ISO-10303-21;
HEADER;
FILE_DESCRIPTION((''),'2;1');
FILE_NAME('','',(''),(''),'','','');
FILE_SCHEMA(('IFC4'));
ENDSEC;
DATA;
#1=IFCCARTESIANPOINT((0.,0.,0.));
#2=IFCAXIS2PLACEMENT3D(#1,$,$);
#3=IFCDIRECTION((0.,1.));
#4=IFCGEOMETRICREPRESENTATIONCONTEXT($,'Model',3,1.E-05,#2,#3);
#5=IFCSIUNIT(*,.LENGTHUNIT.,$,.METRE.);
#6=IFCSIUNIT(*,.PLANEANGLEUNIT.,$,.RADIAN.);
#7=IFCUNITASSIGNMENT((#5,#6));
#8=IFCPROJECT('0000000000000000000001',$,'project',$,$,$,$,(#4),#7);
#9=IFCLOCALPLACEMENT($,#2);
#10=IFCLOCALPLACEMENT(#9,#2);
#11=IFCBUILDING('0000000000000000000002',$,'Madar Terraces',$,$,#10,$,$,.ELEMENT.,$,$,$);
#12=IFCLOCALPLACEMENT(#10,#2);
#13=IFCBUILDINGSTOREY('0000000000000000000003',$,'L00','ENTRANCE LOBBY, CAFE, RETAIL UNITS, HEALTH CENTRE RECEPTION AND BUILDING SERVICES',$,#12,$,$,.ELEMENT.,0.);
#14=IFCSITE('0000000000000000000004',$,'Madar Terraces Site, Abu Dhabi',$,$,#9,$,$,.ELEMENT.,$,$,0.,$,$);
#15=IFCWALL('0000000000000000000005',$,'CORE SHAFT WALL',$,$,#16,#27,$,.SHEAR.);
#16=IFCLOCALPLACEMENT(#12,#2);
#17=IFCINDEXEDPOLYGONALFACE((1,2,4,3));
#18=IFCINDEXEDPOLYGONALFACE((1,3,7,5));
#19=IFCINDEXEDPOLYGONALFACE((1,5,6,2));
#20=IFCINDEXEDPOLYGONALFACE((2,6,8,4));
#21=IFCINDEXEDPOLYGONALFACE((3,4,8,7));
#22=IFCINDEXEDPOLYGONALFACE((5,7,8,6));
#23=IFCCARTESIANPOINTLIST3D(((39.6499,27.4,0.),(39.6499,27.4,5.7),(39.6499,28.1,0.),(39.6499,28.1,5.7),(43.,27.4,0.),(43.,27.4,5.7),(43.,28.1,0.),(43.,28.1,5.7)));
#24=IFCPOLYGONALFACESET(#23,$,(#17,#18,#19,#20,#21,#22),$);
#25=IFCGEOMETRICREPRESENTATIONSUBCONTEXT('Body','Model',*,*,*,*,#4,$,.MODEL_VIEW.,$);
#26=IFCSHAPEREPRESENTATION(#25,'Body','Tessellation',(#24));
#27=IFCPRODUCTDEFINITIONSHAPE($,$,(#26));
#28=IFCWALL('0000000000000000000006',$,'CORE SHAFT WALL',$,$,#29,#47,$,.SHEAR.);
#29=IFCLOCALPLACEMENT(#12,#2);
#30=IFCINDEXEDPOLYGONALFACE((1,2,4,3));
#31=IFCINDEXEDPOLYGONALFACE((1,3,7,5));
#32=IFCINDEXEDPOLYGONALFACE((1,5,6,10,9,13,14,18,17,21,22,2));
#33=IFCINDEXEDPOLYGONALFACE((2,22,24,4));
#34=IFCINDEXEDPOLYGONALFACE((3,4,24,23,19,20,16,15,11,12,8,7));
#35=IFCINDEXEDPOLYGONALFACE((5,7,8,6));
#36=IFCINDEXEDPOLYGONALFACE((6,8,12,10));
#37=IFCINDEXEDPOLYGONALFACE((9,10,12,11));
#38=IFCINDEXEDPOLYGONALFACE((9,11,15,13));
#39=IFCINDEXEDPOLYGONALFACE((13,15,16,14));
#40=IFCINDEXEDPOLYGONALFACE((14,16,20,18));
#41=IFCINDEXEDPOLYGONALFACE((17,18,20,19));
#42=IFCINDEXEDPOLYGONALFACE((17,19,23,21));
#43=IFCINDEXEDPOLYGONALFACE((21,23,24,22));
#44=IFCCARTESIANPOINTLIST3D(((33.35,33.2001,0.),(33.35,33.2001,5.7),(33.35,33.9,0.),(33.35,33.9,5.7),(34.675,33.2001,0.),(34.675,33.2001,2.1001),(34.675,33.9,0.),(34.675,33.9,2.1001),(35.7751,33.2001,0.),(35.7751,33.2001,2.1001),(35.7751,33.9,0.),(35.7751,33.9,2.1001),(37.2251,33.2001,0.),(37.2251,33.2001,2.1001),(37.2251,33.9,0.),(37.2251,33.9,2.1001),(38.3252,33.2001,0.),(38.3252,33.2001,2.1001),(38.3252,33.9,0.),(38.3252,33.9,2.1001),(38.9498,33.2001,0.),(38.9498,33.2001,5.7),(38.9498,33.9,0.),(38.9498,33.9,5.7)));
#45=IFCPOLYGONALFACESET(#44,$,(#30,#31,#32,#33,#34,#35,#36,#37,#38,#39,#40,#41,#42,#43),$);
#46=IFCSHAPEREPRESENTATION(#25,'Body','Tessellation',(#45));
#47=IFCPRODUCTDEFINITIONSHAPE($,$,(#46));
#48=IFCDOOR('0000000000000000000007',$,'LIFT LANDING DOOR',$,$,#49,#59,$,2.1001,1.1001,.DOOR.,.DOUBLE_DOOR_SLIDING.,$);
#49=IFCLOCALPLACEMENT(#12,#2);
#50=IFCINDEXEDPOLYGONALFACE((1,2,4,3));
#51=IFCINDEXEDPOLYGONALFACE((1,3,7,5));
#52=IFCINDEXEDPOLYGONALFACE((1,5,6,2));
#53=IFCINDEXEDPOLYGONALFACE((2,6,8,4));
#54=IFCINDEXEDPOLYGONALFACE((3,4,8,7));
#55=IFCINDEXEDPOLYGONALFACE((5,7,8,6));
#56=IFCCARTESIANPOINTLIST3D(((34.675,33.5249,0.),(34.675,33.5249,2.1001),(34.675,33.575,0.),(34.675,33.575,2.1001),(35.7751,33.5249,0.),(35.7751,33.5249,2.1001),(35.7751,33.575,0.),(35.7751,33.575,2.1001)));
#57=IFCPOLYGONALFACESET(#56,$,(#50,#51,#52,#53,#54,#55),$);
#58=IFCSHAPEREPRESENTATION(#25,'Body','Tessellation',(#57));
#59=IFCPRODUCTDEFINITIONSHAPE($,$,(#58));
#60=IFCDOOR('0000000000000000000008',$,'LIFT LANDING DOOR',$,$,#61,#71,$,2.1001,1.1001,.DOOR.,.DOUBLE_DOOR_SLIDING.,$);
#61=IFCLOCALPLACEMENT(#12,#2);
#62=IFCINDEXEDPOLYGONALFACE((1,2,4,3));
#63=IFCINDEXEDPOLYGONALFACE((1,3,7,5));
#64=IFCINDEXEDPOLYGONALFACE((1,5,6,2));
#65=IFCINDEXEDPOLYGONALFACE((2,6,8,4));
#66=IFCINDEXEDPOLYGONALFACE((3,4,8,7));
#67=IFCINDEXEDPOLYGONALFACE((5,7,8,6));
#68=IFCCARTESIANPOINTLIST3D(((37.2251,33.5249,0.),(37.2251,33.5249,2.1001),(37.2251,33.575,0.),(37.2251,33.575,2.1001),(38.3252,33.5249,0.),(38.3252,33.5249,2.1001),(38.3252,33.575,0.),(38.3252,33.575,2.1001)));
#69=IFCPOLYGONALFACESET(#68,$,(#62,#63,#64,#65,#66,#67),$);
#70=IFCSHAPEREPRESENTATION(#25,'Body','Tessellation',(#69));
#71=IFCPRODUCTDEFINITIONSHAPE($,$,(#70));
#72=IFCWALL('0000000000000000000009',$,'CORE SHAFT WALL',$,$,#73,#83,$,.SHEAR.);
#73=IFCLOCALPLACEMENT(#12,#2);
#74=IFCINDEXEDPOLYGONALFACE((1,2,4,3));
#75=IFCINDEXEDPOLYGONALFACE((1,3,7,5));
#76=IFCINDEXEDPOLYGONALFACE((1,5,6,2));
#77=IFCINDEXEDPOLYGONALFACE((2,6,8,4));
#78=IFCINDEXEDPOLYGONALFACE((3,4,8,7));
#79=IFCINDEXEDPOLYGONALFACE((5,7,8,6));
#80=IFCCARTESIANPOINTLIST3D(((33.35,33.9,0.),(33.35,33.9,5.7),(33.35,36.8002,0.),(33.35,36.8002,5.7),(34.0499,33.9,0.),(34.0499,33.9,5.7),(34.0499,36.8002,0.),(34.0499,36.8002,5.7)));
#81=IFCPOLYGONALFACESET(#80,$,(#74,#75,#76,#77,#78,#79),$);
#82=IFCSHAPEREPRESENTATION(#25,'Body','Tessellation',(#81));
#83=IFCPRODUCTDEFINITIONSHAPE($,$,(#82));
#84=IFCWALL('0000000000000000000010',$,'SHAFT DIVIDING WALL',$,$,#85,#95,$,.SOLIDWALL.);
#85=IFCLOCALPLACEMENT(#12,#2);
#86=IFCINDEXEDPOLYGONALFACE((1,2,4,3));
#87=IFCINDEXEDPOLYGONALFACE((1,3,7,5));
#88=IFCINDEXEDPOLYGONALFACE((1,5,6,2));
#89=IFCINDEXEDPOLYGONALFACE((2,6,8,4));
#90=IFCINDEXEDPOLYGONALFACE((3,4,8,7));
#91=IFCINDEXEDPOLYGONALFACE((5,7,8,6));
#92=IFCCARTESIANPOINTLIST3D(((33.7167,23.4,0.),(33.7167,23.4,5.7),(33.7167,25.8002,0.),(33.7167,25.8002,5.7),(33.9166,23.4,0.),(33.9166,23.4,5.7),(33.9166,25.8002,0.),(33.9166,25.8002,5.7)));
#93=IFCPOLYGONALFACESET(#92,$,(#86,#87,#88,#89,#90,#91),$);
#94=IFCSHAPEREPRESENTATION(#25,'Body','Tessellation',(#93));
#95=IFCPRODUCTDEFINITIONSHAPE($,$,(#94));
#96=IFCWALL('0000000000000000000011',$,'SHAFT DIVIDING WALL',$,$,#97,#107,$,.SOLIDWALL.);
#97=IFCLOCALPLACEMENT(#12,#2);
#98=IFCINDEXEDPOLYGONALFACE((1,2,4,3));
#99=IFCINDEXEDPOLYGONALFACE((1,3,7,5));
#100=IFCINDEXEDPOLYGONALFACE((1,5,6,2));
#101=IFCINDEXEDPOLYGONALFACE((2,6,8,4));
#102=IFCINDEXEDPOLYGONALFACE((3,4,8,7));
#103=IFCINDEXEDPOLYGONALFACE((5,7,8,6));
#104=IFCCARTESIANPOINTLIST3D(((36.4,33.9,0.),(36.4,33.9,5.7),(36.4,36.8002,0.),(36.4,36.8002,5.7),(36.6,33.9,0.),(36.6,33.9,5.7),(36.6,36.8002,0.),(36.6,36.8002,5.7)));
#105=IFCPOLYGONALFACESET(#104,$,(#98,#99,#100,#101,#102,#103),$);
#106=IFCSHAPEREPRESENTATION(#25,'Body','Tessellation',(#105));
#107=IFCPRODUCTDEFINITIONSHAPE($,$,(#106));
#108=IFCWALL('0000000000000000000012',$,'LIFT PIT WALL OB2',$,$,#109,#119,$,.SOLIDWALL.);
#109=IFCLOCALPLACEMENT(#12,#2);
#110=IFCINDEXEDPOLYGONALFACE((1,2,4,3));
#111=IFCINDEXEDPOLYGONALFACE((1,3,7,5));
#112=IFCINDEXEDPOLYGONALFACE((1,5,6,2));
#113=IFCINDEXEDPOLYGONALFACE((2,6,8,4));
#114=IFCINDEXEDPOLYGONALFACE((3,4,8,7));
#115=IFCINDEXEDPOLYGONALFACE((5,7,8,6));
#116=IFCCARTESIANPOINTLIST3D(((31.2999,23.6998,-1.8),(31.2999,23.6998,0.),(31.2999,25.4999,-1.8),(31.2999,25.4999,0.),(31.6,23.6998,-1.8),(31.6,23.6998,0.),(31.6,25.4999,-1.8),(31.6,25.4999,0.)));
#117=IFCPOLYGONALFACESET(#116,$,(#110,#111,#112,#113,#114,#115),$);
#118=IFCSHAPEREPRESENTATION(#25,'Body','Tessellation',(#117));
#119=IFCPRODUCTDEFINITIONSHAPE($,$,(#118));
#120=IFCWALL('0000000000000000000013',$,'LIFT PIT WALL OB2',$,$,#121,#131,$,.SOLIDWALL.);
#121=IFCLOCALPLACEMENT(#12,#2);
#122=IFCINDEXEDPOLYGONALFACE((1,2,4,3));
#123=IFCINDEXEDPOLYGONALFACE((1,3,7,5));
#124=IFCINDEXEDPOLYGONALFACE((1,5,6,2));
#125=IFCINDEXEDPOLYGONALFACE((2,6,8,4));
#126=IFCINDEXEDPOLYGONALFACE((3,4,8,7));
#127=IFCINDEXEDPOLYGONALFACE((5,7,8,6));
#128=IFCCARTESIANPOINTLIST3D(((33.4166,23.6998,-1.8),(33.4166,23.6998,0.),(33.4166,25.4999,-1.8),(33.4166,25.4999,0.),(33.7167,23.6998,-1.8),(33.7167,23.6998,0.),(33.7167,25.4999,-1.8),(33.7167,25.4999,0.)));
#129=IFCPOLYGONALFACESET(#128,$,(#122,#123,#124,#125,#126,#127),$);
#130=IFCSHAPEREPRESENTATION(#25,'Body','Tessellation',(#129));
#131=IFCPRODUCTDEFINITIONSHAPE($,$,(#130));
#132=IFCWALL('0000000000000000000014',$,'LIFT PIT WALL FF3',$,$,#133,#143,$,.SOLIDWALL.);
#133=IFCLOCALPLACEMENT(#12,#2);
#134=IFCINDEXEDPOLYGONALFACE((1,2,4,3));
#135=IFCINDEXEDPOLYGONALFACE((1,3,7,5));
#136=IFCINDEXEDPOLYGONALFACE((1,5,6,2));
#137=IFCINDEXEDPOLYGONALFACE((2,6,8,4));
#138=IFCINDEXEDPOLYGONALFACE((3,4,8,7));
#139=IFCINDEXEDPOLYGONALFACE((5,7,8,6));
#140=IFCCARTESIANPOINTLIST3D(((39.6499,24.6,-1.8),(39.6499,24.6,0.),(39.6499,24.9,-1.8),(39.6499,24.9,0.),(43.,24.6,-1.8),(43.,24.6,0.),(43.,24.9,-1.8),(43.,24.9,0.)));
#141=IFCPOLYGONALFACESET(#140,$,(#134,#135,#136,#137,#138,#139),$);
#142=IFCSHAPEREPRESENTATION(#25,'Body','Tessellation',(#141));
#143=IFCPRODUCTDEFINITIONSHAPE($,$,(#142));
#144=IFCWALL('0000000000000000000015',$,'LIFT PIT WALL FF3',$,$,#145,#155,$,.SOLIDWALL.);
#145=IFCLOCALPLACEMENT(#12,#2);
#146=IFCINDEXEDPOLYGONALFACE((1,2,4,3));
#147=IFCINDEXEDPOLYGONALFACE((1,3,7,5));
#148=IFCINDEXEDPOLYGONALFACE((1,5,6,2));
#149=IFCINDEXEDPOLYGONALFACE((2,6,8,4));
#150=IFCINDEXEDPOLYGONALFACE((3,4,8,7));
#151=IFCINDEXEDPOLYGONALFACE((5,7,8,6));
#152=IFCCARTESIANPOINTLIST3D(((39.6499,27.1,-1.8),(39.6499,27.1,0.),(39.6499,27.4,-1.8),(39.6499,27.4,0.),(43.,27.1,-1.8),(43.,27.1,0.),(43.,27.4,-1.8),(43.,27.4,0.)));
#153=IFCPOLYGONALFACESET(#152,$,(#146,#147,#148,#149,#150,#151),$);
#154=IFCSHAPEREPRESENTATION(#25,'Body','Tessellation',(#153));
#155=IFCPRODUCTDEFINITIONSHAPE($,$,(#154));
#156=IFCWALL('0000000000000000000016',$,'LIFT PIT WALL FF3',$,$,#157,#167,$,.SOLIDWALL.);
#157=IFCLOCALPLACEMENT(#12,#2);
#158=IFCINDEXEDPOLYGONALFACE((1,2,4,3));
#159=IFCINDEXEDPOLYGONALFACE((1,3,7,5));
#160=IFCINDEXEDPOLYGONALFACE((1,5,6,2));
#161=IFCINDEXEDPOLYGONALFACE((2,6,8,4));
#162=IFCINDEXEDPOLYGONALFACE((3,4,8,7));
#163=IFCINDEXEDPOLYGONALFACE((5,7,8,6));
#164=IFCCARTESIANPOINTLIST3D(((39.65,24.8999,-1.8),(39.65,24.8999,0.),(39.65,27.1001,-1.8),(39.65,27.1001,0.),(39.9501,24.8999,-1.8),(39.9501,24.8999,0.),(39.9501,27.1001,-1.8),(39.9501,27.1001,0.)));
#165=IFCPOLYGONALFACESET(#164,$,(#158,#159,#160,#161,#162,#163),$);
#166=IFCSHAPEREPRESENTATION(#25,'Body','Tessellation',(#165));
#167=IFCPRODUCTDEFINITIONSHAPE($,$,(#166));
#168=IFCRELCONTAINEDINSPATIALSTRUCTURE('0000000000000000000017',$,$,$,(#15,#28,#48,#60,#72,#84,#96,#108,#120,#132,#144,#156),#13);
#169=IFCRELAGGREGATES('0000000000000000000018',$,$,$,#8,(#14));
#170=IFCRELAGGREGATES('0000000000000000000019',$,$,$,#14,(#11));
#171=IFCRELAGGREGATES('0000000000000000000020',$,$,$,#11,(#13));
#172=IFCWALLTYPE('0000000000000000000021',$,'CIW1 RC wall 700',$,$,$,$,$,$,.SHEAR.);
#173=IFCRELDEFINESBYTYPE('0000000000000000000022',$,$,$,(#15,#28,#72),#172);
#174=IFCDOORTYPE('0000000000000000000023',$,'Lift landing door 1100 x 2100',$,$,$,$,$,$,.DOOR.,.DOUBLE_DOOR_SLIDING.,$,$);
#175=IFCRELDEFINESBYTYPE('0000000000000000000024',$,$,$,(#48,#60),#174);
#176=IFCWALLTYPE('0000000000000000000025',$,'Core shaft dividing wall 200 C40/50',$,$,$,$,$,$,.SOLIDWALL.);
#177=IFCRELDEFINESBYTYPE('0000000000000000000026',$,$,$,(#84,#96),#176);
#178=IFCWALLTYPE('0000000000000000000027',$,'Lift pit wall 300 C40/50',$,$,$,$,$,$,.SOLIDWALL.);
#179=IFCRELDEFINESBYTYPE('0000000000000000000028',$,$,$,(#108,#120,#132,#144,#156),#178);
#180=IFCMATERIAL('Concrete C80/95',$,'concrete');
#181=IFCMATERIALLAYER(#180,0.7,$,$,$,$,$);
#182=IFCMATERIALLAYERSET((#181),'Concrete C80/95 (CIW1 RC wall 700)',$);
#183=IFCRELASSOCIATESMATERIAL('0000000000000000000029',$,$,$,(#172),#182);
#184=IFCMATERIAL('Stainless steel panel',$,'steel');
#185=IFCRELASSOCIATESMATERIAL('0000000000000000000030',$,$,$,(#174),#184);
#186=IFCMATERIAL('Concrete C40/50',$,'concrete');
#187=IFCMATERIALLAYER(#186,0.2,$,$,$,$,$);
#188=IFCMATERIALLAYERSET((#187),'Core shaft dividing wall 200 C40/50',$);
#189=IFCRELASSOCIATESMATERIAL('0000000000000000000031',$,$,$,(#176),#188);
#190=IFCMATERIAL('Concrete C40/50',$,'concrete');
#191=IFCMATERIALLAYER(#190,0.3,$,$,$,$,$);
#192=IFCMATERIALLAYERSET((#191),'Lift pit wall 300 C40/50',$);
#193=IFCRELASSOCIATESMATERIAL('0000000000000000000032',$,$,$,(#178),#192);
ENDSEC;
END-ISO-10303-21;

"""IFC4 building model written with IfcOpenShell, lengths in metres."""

from ifc_helpers import new_model, si_unit, direction, frame, frame_2d, origin, place, context, subcontext, project, spatial, rectangle, extrude, material, layer, layer_set, type_object, element, fill, save


model = new_model("IFC4")

# Units and contexts
model_context = context("Model", 3, precision=1e-05, world=origin(), true_north=direction((0.0, 1.0)))
body_context = subcontext(model_context, "Body", "Model", "MODEL_VIEW")
ifc_project = project(units=[si_unit("LENGTHUNIT", "METRE"), si_unit("PLANEANGLEUNIT", "RADIAN")], contexts=[model_context])

# Site, building, storey
site_placement = place(None, origin())
site = spatial("IfcSite", under=ifc_project, at=site_placement, Name="Madar Terraces Site, Abu Dhabi", CompositionType="ELEMENT", RefElevation=0.0)
building_placement = place(site_placement, origin())
building = spatial("IfcBuilding", under=site, at=building_placement, Name="Madar Terraces", CompositionType="ELEMENT")
storey_placement = place(building_placement, origin())
storey = spatial("IfcBuildingStorey", under=building, at=storey_placement, Name="L00", Description="ENTRANCE LOBBY, CAFE, RETAIL UNITS, HEALTH CENTRE RECEPTION AND BUILDING SERVICES", CompositionType="ELEMENT", Elevation=0.0)

# Wall
ifc_material_1 = material(Name="Concrete C80/95", Category="concrete")
ifc_layer_1 = layer(ifc_material_1, 0.7)
ifc_layer_set_1 = layer_set([ifc_layer_1], Name="Concrete C80/95 (CIW1 RC wall 700)")
wall_type_1 = type_object("IfcWallType", Name="CIW1 RC wall 700", PredefinedType="SHEAR", material=ifc_layer_set_1)
for number, where, z_axis, x_axis, name in (
    (1, (39.6499, 27.75, 0.0), (0.0, 0.0, 1.0), (1.0, 0.0, 0.0), "CORE SHAFT WALL"),
):
    element("IfcWall", number, at=place(storey_placement, frame(where, z_axis=z_axis, x_axis=x_axis)), inside=storey, type_object=wall_type_1, Name=name, PredefinedType="SHEAR", context=body_context, shape_type="SweptSolid", body=[
        extrude(rectangle(XDim=3.3501, YDim=0.7, at=frame_2d((1.675, 0.0))), origin(), (0.0, 0.0, 1.0), 5.7),
    ])

# Wall, openings, doors
wall_1_placement = place(storey_placement, frame((33.3501, 33.55, 0.0), z_axis=(0.0, 0.0, 1.0), x_axis=(1.0, 0.0, 0.0)))
wall_1 = element("IfcWall", 2, at=wall_1_placement, inside=storey, type_object=wall_type_1, Name="CORE SHAFT WALL", PredefinedType="SHEAR", context=body_context, shape_type="SweptSolid", body=[
    extrude(rectangle(XDim=5.5999, YDim=0.7, at=frame_2d((2.7998, 0.0))), origin(), (0.0, 0.0, 1.0), 5.7),
])
opening_1_placement = place(wall_1_placement, frame((1.325, 0.0, 0.0)))
opening_1 = element("IfcOpeningElement", 3, at=opening_1_placement, cuts=wall_1, PredefinedType="OPENING", context=body_context, shape_type="SweptSolid", body=[
    extrude(rectangle(XDim=1.1001, YDim=2.1001, at=frame_2d((0.55, 1.05))), frame((0.0, 0.3599, 0.0), z_axis=(0.0, -1.0, 0.0), x_axis=(1.0, 0.0, 0.0)), (0.0, 0.0, 1.0), 0.72),
])
opening_2_placement = place(wall_1_placement, frame((3.875, 0.0, 0.0)))
opening_2 = element("IfcOpeningElement", 4, at=opening_2_placement, cuts=wall_1, PredefinedType="OPENING", context=body_context, shape_type="SweptSolid", body=[
    extrude(rectangle(XDim=1.1001, YDim=2.1001, at=frame_2d((0.55, 1.05))), frame((0.0, 0.3599, 0.0), z_axis=(0.0, -1.0, 0.0), x_axis=(1.0, 0.0, 0.0)), (0.0, 0.0, 1.0), 0.72),
])
ifc_material_2 = material(Name="Stainless steel panel", Category="steel")
door_type = type_object("IfcDoorType", Name="Lift landing door 1100 x 2100", OperationType="DOUBLE_DOOR_SLIDING", PredefinedType="DOOR", material=ifc_material_2)
door_1_placement = place(opening_1_placement, origin())
door_1 = element("IfcDoor", 5, at=door_1_placement, inside=storey, type_object=door_type, Name="LIFT LANDING DOOR", OperationType="DOUBLE_DOOR_SLIDING", OverallHeight=2.1001, OverallWidth=1.1001, PredefinedType="DOOR", context=body_context, shape_type="SweptSolid", body=[
    extrude(rectangle(XDim=1.1001, YDim=2.1001, at=frame_2d((0.55, 1.05))), frame((0.0, 0.0249, 0.0), z_axis=(0.0, -1.0, 0.0), x_axis=(1.0, 0.0, 0.0)), (0.0, 0.0, 1.0), 0.05),
])
fill(opening_1, door_1)
door_2_placement = place(opening_2_placement, origin())
door_2 = element("IfcDoor", 6, at=door_2_placement, inside=storey, type_object=door_type, Name="LIFT LANDING DOOR", OperationType="DOUBLE_DOOR_SLIDING", OverallHeight=2.1001, OverallWidth=1.1001, PredefinedType="DOOR", context=body_context, shape_type="SweptSolid", body=[
    extrude(rectangle(XDim=1.1001, YDim=2.1001, at=frame_2d((0.55, 1.05))), frame((0.0, 0.0249, 0.0), z_axis=(0.0, -1.0, 0.0), x_axis=(1.0, 0.0, 0.0)), (0.0, 0.0, 1.0), 0.05),
])
fill(opening_2, door_2)

# Walls
wall_2_placement = place(storey_placement, frame((33.7, 33.8999, 0.0), z_axis=(0.0, 0.0, 1.0), x_axis=(0.0, 1.0, 0.0)))
element("IfcWall", 7, at=wall_2_placement, inside=storey, type_object=wall_type_1, Name="CORE SHAFT WALL", PredefinedType="SHEAR", context=body_context, shape_type="SweptSolid", body=[
    extrude(rectangle(XDim=2.9001, YDim=0.7, at=frame_2d((1.4502, 0.0))), origin(), (0.0, 0.0, 1.0), 5.7),
])
ifc_material_3 = material(Name="Concrete C40/50", Category="concrete")
ifc_layer_2 = layer(ifc_material_3, 0.2)
ifc_layer_set_2 = layer_set([ifc_layer_2], Name="Core shaft dividing wall 200 C40/50")
wall_type_2 = type_object("IfcWallType", Name="Core shaft dividing wall 200 C40/50", PredefinedType="SOLIDWALL", material=ifc_layer_set_2)
wall_3_placement = place(storey_placement, frame((33.8167, 23.3999, 0.0), z_axis=(0.0, 0.0, 1.0), x_axis=(0.0, 1.0, 0.0)))
element("IfcWall", 8, at=wall_3_placement, inside=storey, type_object=wall_type_2, Name="SHAFT DIVIDING WALL", PredefinedType="SOLIDWALL", context=body_context, shape_type="SweptSolid", body=[
    extrude(rectangle(XDim=2.4001, YDim=0.2, at=frame_2d((1.2002, 0.0))), origin(), (0.0, 0.0, 1.0), 5.7),
])
wall_4_placement = place(storey_placement, frame((36.5, 33.8999, 0.0), z_axis=(0.0, 0.0, 1.0), x_axis=(0.0, 1.0, 0.0)))
element("IfcWall", 9, at=wall_4_placement, inside=storey, type_object=wall_type_2, Name="SHAFT DIVIDING WALL", PredefinedType="SOLIDWALL", context=body_context, shape_type="SweptSolid", body=[
    extrude(rectangle(XDim=2.9001, YDim=0.2, at=frame_2d((1.4502, 0.0))), origin(), (0.0, 0.0, 1.0), 5.7),
])
ifc_material_4 = material(Name="Concrete C40/50", Category="concrete")
ifc_layer_3 = layer(ifc_material_4, 0.3)
ifc_layer_set_3 = layer_set([ifc_layer_3], Name="Lift pit wall 300 C40/50")
wall_type_3 = type_object("IfcWallType", Name="Lift pit wall 300 C40/50", PredefinedType="SOLIDWALL", material=ifc_layer_set_3)
for number, where, z_axis, x_axis, name in (
    (10, (31.45, 23.7, -1.8), (0.0, 0.0, 1.0), (0.0, 1.0, 0.0), "LIFT PIT WALL OB2"),
    (11, (33.5667, 23.7, -1.8), (0.0, 0.0, 1.0), (0.0, 1.0, 0.0), "LIFT PIT WALL OB2"),
):
    element("IfcWall", number, at=place(storey_placement, frame(where, z_axis=z_axis, x_axis=x_axis)), inside=storey, type_object=wall_type_3, Name=name, PredefinedType="SOLIDWALL", context=body_context, shape_type="SweptSolid", body=[
        extrude(rectangle(XDim=1.8, YDim=0.3, at=frame_2d((0.8999, 0.0))), origin(), (0.0, 0.0, 1.0), 1.8),
    ])
for number, where, z_axis, x_axis, name in (
    (12, (39.6499, 24.75, -1.8), (0.0, 0.0, 1.0), (1.0, 0.0, 0.0), "LIFT PIT WALL FF3"),
    (13, (39.6499, 27.25, -1.8), (0.0, 0.0, 1.0), (1.0, 0.0, 0.0), "LIFT PIT WALL FF3"),
):
    element("IfcWall", number, at=place(storey_placement, frame(where, z_axis=z_axis, x_axis=x_axis)), inside=storey, type_object=wall_type_3, Name=name, PredefinedType="SOLIDWALL", context=body_context, shape_type="SweptSolid", body=[
        extrude(rectangle(XDim=3.3501, YDim=0.3, at=frame_2d((1.675, 0.0))), origin(), (0.0, 0.0, 1.0), 1.8),
    ])
wall_5_placement = place(storey_placement, frame((39.8, 24.8999, -1.8), z_axis=(0.0, 0.0, 1.0), x_axis=(0.0, 1.0, 0.0)))
element("IfcWall", 14, at=wall_5_placement, inside=storey, type_object=wall_type_3, Name="LIFT PIT WALL FF3", PredefinedType="SOLIDWALL", context=body_context, shape_type="SweptSolid", body=[
    extrude(rectangle(XDim=2.2002, YDim=0.3, at=frame_2d((1.1001, 0.0))), origin(), (0.0, 0.0, 1.0), 1.8),
])

save(model, "model.ifc")
